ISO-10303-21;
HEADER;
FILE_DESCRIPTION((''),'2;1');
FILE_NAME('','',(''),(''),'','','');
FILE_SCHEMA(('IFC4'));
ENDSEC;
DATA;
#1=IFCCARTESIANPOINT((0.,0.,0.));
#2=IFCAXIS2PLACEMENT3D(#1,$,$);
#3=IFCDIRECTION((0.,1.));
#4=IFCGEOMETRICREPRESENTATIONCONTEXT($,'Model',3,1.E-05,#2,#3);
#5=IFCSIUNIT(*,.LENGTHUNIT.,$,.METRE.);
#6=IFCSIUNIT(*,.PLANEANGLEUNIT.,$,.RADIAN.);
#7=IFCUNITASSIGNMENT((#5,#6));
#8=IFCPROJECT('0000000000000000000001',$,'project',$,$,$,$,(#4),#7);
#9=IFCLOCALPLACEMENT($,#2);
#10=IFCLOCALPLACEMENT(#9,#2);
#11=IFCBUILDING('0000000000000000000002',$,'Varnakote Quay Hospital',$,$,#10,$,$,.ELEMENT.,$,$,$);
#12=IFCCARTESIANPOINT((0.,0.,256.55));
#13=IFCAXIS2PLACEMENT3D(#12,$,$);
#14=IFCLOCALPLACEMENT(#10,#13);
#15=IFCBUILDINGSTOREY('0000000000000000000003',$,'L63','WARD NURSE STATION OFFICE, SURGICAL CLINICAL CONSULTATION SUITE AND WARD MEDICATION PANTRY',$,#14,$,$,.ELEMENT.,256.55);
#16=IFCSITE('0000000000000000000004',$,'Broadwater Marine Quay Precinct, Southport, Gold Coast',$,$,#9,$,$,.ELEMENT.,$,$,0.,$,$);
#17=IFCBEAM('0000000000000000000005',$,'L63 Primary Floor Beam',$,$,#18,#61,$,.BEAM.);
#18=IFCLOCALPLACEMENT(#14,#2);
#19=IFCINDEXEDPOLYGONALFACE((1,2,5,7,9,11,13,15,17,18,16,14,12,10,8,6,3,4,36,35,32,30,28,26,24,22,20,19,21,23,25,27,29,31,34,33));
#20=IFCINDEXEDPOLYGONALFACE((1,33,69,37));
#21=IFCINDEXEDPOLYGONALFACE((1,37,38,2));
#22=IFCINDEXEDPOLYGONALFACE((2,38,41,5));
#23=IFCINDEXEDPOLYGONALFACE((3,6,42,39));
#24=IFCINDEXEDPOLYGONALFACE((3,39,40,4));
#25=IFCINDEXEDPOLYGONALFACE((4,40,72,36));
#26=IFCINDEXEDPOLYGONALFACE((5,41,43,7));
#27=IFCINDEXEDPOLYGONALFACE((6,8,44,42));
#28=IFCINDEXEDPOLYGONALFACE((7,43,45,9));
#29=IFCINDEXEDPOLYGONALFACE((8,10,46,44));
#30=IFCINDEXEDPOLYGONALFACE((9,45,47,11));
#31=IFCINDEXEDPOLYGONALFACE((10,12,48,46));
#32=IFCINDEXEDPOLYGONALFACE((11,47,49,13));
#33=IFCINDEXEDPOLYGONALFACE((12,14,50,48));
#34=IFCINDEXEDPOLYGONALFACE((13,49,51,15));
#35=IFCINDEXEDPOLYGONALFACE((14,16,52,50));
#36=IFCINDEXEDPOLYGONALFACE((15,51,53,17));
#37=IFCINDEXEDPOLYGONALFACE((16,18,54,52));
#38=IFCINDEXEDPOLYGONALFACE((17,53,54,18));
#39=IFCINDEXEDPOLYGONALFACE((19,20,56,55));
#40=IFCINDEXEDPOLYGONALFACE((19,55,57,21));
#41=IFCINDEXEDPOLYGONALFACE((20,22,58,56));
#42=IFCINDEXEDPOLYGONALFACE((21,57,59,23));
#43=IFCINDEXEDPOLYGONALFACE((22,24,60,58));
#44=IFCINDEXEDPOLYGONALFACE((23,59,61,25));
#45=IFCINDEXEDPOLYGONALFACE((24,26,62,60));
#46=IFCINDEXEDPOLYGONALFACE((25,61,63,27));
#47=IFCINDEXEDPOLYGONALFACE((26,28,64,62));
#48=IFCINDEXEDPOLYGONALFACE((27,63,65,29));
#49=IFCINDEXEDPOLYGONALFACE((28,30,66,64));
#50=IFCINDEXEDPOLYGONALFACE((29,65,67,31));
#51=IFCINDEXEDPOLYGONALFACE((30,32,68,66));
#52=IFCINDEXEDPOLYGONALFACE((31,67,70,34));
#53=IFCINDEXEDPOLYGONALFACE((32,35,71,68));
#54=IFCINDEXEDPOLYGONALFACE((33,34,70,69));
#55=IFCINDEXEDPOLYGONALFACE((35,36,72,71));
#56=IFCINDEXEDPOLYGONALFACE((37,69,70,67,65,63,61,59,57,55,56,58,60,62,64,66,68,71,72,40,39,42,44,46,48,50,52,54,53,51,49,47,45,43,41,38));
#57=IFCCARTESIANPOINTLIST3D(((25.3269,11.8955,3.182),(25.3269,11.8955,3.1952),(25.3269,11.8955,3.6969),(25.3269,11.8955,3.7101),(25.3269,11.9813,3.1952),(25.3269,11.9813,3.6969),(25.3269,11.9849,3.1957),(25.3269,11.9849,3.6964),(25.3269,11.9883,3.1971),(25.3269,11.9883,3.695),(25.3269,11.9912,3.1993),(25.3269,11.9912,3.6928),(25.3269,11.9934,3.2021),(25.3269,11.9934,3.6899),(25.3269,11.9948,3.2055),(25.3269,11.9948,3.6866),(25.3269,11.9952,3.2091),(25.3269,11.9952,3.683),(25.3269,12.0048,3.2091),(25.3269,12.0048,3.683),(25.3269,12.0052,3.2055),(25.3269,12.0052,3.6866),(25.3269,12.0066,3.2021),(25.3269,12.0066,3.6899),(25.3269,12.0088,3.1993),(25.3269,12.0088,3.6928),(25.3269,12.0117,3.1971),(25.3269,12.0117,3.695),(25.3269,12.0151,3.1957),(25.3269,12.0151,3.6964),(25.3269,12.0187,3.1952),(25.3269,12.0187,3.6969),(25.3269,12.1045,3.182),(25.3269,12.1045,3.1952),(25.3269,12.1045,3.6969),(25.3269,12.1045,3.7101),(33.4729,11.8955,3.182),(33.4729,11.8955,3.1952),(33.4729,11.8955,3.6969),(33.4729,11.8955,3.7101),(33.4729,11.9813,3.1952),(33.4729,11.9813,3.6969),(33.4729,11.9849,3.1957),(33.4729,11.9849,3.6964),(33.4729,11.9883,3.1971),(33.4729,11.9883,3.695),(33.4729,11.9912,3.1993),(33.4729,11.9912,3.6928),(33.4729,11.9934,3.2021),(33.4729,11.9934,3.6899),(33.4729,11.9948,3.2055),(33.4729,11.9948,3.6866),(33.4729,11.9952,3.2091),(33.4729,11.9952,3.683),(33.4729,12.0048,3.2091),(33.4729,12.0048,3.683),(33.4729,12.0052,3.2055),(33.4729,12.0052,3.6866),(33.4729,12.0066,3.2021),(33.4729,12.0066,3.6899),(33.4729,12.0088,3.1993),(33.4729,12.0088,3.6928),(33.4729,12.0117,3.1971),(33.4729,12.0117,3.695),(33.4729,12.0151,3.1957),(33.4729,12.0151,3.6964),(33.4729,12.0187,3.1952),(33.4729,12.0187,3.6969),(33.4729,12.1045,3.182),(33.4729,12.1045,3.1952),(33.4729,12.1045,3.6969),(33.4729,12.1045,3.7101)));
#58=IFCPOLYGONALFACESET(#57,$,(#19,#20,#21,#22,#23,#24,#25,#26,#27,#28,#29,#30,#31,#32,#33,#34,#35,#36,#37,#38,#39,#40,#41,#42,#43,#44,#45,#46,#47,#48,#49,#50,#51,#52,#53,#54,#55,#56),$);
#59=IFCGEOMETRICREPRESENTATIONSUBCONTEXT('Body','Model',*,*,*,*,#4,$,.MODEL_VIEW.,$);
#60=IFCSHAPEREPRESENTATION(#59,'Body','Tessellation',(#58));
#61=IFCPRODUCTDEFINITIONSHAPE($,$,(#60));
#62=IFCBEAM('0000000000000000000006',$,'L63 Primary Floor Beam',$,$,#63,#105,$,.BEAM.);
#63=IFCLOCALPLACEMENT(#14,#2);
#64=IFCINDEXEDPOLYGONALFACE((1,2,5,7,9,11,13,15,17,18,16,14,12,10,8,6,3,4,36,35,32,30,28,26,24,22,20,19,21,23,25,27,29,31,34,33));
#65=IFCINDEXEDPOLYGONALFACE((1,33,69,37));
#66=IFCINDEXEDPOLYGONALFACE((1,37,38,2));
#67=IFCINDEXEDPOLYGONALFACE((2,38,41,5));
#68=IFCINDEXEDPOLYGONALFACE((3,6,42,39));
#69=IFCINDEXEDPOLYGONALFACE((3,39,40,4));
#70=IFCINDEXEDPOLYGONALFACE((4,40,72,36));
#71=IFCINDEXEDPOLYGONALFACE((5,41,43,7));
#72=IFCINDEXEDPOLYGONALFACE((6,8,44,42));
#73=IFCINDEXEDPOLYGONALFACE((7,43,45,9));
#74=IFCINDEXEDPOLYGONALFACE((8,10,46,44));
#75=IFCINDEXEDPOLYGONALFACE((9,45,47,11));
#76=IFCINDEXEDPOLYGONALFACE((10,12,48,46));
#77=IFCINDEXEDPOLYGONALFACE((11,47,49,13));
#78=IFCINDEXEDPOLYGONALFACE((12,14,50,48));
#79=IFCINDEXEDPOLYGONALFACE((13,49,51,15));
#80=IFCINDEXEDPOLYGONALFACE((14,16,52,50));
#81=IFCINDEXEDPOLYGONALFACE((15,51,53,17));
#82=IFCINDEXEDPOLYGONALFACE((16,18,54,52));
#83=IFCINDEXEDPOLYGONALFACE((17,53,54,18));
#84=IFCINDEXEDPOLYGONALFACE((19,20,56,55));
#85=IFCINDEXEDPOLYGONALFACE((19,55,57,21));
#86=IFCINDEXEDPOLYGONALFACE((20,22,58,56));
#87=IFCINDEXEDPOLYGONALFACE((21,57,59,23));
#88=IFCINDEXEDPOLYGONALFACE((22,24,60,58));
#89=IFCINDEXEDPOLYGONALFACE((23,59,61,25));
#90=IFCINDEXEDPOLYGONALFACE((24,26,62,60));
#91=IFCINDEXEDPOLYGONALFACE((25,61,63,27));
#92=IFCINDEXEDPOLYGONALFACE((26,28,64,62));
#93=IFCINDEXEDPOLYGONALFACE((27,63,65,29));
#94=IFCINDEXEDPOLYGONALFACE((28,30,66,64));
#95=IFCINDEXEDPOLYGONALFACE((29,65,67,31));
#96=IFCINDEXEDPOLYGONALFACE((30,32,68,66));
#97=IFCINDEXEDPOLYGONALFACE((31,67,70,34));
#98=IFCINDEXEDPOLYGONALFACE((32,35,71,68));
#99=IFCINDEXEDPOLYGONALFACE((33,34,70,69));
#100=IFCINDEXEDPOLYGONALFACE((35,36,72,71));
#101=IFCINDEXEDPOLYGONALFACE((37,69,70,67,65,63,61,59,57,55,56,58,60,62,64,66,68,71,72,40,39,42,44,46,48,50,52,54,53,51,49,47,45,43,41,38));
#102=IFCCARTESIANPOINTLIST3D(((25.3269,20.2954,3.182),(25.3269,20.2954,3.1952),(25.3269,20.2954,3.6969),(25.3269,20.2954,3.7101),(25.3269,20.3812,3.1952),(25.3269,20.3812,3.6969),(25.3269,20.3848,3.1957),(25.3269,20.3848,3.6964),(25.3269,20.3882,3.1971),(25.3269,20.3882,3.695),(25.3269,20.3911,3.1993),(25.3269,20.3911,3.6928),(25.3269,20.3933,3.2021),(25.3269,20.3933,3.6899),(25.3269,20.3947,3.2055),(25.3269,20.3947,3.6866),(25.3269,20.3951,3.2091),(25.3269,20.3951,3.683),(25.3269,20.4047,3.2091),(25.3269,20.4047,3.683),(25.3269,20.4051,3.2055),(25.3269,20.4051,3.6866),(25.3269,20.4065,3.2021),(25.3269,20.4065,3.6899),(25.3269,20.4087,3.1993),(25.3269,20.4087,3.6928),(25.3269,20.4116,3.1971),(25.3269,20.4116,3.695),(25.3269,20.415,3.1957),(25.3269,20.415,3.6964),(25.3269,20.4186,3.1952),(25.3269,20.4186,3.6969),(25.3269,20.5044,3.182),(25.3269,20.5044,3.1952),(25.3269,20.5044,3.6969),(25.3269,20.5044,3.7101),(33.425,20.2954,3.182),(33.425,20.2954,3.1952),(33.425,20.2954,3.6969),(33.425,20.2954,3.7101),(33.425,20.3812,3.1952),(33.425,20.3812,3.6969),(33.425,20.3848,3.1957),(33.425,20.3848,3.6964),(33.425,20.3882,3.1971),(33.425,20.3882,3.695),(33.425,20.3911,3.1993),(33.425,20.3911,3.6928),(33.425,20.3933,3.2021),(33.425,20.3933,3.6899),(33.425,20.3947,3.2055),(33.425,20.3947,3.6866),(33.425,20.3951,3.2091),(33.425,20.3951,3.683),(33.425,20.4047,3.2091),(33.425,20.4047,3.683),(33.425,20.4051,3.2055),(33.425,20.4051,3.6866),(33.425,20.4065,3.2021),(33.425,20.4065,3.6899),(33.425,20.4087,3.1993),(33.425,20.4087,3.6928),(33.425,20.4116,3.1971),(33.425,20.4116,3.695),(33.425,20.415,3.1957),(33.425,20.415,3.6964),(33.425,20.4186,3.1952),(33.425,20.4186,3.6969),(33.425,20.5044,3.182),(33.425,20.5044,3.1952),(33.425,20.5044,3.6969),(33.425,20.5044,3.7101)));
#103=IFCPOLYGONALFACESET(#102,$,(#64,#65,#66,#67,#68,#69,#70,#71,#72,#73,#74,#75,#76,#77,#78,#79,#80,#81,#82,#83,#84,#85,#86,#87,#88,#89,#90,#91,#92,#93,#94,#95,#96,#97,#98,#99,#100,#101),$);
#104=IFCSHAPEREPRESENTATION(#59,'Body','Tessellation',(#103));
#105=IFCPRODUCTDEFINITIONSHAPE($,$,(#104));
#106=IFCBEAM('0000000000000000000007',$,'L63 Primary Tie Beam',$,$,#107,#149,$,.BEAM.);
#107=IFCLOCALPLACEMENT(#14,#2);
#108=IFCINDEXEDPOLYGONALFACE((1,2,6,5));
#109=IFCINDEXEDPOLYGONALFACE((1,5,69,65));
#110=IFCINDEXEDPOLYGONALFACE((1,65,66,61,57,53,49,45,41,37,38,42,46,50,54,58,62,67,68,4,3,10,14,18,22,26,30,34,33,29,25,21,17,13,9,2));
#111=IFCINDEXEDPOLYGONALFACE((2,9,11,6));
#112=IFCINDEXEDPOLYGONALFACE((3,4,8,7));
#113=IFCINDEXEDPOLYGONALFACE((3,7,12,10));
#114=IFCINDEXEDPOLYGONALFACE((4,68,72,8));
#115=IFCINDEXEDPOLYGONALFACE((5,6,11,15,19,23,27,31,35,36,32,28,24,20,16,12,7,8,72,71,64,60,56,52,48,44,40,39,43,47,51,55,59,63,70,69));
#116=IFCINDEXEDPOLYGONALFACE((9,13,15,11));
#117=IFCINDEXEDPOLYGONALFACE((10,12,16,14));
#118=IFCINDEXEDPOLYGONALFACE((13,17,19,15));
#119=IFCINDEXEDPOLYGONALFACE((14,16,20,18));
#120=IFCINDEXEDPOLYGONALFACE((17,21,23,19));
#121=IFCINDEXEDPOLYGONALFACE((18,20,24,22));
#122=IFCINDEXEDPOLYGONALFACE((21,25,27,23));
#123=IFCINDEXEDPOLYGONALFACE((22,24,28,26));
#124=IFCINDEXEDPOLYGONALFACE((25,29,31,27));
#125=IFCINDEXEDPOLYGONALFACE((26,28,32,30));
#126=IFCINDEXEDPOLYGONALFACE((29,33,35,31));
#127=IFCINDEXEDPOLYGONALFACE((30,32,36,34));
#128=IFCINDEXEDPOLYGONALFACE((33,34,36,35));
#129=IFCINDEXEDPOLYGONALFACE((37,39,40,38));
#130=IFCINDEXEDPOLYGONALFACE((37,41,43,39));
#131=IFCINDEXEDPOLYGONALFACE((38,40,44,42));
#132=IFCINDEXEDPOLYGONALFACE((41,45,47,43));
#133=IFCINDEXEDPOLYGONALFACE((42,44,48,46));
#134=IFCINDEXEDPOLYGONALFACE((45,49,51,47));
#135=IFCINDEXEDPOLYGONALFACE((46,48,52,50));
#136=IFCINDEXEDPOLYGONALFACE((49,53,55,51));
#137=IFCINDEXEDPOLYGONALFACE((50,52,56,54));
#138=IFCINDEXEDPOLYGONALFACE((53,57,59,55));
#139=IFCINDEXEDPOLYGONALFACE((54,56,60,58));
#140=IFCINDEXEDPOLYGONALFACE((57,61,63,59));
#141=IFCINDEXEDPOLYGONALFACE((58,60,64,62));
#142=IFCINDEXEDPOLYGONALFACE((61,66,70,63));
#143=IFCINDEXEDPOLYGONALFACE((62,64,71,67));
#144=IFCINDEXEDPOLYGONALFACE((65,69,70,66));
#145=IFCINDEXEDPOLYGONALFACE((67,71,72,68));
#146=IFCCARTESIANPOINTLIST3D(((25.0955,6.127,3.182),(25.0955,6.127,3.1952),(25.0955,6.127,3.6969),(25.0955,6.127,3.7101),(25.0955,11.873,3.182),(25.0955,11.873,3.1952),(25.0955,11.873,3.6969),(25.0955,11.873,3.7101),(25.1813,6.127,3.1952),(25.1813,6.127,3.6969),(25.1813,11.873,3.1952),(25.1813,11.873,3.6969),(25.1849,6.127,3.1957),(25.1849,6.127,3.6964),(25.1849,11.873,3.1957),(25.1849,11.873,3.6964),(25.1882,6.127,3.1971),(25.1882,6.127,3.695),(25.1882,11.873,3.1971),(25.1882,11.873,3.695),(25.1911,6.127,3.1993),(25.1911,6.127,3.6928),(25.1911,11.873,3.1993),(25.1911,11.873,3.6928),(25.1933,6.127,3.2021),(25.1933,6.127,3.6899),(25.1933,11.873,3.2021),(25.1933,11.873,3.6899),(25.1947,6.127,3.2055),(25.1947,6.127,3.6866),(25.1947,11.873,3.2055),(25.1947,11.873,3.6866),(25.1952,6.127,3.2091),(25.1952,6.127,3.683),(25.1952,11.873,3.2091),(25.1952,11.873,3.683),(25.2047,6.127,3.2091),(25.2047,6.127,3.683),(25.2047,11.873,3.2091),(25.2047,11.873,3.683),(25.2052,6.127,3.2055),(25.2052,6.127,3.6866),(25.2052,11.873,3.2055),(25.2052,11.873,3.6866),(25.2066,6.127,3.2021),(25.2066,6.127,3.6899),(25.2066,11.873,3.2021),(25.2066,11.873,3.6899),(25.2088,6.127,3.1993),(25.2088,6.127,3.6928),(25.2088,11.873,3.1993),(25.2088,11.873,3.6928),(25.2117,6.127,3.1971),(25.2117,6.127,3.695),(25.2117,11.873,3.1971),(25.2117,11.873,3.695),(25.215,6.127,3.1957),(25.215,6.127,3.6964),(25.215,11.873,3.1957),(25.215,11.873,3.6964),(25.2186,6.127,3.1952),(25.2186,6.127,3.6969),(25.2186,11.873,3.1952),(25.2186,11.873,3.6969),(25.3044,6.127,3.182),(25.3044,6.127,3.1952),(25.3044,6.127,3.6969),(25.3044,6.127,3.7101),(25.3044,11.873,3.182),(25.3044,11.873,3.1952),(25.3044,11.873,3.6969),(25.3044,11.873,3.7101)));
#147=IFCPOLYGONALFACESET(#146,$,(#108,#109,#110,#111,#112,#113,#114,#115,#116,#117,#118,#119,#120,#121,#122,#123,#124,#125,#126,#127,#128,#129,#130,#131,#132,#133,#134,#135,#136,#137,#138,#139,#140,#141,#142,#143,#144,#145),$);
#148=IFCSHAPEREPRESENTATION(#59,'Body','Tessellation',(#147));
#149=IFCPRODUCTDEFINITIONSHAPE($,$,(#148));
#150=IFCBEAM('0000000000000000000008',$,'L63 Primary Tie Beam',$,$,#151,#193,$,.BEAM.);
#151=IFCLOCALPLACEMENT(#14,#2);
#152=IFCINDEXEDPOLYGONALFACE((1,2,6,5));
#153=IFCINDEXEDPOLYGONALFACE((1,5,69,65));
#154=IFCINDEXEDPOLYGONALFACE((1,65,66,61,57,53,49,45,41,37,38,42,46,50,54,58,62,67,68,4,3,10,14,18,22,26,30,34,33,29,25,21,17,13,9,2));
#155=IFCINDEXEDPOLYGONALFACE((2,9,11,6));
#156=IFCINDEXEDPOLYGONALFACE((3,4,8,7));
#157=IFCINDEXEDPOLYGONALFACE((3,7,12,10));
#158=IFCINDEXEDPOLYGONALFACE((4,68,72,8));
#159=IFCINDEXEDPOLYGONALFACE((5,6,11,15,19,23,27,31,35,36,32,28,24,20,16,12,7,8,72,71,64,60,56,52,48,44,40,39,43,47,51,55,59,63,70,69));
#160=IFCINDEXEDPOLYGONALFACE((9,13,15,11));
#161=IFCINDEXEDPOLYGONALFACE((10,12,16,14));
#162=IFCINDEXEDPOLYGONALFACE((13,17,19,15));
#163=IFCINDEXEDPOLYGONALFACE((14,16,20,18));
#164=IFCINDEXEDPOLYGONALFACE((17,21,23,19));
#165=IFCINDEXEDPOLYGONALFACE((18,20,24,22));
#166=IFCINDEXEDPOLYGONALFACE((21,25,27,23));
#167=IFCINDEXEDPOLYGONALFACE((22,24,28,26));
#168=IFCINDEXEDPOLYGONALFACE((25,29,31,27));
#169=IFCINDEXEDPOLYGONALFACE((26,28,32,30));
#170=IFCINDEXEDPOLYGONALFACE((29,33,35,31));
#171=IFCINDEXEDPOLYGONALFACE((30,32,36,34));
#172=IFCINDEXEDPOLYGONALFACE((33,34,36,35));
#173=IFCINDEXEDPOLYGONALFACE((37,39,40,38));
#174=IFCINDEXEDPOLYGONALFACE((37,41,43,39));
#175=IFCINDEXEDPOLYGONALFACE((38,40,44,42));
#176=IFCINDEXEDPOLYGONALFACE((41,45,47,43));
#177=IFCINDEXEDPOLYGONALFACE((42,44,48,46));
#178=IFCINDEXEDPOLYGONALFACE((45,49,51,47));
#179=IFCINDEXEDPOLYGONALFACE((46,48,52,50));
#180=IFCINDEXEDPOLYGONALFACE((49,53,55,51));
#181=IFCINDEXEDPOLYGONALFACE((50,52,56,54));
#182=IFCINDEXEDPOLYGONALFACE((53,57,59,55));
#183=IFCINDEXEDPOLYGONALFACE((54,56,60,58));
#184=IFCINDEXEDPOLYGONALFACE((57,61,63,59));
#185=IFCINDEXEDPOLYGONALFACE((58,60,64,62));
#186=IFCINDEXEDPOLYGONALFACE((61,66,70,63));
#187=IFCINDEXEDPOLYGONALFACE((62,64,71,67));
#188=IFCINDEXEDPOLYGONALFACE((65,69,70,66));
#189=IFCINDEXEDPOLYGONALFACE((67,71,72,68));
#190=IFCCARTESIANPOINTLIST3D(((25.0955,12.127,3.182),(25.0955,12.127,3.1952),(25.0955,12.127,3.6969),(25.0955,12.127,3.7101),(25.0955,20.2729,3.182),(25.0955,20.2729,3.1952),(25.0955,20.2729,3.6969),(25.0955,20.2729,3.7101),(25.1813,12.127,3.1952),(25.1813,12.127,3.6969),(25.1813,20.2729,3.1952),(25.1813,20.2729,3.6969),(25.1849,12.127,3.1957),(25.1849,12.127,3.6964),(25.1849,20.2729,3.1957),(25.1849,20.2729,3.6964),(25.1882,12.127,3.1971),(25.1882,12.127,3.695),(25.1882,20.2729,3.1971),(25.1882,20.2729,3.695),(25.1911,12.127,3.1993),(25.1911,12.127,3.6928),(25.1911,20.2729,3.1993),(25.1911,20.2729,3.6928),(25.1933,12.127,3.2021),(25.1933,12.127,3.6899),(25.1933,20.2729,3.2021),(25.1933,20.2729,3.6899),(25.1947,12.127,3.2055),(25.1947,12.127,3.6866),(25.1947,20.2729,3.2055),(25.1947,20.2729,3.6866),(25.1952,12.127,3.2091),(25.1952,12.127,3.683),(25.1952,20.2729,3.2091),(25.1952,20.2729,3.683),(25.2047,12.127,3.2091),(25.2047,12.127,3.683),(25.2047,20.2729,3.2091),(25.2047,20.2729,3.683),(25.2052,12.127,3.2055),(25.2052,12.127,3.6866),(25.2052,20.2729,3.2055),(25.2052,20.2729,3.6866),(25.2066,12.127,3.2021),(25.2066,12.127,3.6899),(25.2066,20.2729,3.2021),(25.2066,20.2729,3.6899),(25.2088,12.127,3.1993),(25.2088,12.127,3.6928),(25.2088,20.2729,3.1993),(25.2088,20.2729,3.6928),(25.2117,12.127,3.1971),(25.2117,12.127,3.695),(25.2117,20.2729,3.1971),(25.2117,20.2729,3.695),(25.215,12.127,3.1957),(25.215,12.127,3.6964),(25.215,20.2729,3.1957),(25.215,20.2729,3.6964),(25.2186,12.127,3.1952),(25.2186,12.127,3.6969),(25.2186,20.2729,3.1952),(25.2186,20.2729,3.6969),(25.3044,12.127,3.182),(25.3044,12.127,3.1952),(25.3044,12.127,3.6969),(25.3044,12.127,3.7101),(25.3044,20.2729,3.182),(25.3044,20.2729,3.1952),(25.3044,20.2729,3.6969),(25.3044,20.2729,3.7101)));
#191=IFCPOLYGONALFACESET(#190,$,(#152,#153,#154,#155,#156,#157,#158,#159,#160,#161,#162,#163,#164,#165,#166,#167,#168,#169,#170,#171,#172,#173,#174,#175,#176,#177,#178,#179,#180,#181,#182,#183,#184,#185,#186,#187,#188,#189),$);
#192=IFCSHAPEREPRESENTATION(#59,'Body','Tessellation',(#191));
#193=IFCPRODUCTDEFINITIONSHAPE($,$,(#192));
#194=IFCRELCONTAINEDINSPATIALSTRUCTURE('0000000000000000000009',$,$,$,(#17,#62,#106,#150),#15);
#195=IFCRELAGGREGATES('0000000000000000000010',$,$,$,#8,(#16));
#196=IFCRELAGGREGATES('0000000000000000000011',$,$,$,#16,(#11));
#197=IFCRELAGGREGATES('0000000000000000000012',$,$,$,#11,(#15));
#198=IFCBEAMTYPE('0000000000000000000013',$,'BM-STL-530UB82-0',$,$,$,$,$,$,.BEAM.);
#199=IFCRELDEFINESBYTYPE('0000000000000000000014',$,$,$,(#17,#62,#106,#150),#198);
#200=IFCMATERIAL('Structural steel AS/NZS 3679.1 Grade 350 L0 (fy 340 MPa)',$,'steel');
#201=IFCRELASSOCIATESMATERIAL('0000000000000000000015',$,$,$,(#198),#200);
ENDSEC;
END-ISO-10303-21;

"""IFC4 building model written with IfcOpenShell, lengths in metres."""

from ifc_helpers import new_model, si_unit, direction, frame, origin, origin_2d, place, context, subcontext, project, spatial, i_section, extrude, material, material_profile, profile_set, type_object, element, save


model = new_model("IFC4")

# Units and contexts
model_context = context("Model", 3, precision=1e-05, world=origin(), true_north=direction((0.0, 1.0)))
body_context = subcontext(model_context, "Body", "Model", "MODEL_VIEW")
ifc_project = project(units=[si_unit("LENGTHUNIT", "METRE"), si_unit("PLANEANGLEUNIT", "RADIAN")], contexts=[model_context])

# Site, building, storey
site_placement = place(None, origin())
site = spatial("IfcSite", under=ifc_project, at=site_placement, Name="Broadwater Marine Quay Precinct, Southport, Gold Coast", CompositionType="ELEMENT", RefElevation=0.0)
building_placement = place(site_placement, origin())
building = spatial("IfcBuilding", under=site, at=building_placement, Name="Varnakote Quay Hospital", CompositionType="ELEMENT")
storey_placement = place(building_placement, frame((0.0, 0.0, 256.55)))
storey = spatial("IfcBuildingStorey", under=building, at=storey_placement, Name="L63", Description="WARD NURSE STATION OFFICE, SURGICAL CLINICAL CONSULTATION SUITE AND WARD MEDICATION PANTRY", CompositionType="ELEMENT", Elevation=256.55)

# Beams
ifc_material_1 = material(Name="Structural steel AS/NZS 3679.1 Grade 350 L0 (fy 340 MPa)", Category="steel")
ifc_material_profile_1 = material_profile(ifc_material_1, i_section(OverallWidth=0.209, OverallDepth=0.5281, WebThickness=0.0095, FlangeThickness=0.0132, FilletRadius=0.0139, at=origin_2d()), Name="530UB82.0")
ifc_profile_set_1 = profile_set([ifc_material_profile_1], Name="Structural steel AS/NZS 3679.1 Grade 350 L0 (fy 340 MPa)")
beam_type_1 = type_object("IfcBeamType", Name="BM-STL-530UB82-0", PredefinedType="BEAM", material=ifc_profile_set_1)
beam_1_placement = place(storey_placement, frame((25.3269, 12.0, 3.446), z_axis=(1.0, 0.0, 0.0), x_axis=(0.0, 1.0, 0.0)))
element("IfcBeam", 1, at=beam_1_placement, inside=storey, type_object=beam_type_1, Name="L63 Primary Floor Beam", PredefinedType="BEAM", context=body_context, shape_type="SweptSolid", body=[
    extrude(i_section(OverallWidth=0.209, OverallDepth=0.5281, WebThickness=0.0095, FlangeThickness=0.0132, FilletRadius=0.0139, at=origin_2d()), origin(), (0.0, 0.0, 1.0), 8.146),
])
beam_2_placement = place(storey_placement, frame((25.3269, 20.3999, 3.446), z_axis=(1.0, 0.0, 0.0), x_axis=(0.0, 1.0, 0.0)))
element("IfcBeam", 2, at=beam_2_placement, inside=storey, type_object=beam_type_1, Name="L63 Primary Floor Beam", PredefinedType="BEAM", context=body_context, shape_type="SweptSolid", body=[
    extrude(i_section(OverallWidth=0.209, OverallDepth=0.5281, WebThickness=0.0095, FlangeThickness=0.0132, FilletRadius=0.0139, at=origin_2d()), origin(), (0.0, 0.0, 1.0), 8.0981),
])
beam_3_placement = place(storey_placement, frame((25.2, 6.127, 3.446), z_axis=(0.0, 1.0, 0.0), x_axis=(-1.0, 0.0, 0.0)))
element("IfcBeam", 3, at=beam_3_placement, inside=storey, type_object=beam_type_1, Name="L63 Primary Tie Beam", PredefinedType="BEAM", context=body_context, shape_type="SweptSolid", body=[
    extrude(i_section(OverallWidth=0.209, OverallDepth=0.5281, WebThickness=0.0095, FlangeThickness=0.0132, FilletRadius=0.0139, at=origin_2d()), origin(), (0.0, 0.0, 1.0), 5.7461),
])
for number, where, z_axis, x_axis, name in (
    (4, (25.2, 12.127, 3.446), (0.0, 1.0, 0.0), (-1.0, 0.0, 0.0), "L63 Primary Tie Beam"),
):
    element("IfcBeam", number, at=place(storey_placement, frame(where, z_axis=z_axis, x_axis=x_axis)), inside=storey, type_object=beam_type_1, Name=name, PredefinedType="BEAM", context=body_context, shape_type="SweptSolid", body=[
        extrude(i_section(OverallWidth=0.209, OverallDepth=0.5281, WebThickness=0.0095, FlangeThickness=0.0132, FilletRadius=0.0139, at=origin_2d()), origin(), (0.0, 0.0, 1.0), 8.146),
    ])

save(model, "model.ifc")
